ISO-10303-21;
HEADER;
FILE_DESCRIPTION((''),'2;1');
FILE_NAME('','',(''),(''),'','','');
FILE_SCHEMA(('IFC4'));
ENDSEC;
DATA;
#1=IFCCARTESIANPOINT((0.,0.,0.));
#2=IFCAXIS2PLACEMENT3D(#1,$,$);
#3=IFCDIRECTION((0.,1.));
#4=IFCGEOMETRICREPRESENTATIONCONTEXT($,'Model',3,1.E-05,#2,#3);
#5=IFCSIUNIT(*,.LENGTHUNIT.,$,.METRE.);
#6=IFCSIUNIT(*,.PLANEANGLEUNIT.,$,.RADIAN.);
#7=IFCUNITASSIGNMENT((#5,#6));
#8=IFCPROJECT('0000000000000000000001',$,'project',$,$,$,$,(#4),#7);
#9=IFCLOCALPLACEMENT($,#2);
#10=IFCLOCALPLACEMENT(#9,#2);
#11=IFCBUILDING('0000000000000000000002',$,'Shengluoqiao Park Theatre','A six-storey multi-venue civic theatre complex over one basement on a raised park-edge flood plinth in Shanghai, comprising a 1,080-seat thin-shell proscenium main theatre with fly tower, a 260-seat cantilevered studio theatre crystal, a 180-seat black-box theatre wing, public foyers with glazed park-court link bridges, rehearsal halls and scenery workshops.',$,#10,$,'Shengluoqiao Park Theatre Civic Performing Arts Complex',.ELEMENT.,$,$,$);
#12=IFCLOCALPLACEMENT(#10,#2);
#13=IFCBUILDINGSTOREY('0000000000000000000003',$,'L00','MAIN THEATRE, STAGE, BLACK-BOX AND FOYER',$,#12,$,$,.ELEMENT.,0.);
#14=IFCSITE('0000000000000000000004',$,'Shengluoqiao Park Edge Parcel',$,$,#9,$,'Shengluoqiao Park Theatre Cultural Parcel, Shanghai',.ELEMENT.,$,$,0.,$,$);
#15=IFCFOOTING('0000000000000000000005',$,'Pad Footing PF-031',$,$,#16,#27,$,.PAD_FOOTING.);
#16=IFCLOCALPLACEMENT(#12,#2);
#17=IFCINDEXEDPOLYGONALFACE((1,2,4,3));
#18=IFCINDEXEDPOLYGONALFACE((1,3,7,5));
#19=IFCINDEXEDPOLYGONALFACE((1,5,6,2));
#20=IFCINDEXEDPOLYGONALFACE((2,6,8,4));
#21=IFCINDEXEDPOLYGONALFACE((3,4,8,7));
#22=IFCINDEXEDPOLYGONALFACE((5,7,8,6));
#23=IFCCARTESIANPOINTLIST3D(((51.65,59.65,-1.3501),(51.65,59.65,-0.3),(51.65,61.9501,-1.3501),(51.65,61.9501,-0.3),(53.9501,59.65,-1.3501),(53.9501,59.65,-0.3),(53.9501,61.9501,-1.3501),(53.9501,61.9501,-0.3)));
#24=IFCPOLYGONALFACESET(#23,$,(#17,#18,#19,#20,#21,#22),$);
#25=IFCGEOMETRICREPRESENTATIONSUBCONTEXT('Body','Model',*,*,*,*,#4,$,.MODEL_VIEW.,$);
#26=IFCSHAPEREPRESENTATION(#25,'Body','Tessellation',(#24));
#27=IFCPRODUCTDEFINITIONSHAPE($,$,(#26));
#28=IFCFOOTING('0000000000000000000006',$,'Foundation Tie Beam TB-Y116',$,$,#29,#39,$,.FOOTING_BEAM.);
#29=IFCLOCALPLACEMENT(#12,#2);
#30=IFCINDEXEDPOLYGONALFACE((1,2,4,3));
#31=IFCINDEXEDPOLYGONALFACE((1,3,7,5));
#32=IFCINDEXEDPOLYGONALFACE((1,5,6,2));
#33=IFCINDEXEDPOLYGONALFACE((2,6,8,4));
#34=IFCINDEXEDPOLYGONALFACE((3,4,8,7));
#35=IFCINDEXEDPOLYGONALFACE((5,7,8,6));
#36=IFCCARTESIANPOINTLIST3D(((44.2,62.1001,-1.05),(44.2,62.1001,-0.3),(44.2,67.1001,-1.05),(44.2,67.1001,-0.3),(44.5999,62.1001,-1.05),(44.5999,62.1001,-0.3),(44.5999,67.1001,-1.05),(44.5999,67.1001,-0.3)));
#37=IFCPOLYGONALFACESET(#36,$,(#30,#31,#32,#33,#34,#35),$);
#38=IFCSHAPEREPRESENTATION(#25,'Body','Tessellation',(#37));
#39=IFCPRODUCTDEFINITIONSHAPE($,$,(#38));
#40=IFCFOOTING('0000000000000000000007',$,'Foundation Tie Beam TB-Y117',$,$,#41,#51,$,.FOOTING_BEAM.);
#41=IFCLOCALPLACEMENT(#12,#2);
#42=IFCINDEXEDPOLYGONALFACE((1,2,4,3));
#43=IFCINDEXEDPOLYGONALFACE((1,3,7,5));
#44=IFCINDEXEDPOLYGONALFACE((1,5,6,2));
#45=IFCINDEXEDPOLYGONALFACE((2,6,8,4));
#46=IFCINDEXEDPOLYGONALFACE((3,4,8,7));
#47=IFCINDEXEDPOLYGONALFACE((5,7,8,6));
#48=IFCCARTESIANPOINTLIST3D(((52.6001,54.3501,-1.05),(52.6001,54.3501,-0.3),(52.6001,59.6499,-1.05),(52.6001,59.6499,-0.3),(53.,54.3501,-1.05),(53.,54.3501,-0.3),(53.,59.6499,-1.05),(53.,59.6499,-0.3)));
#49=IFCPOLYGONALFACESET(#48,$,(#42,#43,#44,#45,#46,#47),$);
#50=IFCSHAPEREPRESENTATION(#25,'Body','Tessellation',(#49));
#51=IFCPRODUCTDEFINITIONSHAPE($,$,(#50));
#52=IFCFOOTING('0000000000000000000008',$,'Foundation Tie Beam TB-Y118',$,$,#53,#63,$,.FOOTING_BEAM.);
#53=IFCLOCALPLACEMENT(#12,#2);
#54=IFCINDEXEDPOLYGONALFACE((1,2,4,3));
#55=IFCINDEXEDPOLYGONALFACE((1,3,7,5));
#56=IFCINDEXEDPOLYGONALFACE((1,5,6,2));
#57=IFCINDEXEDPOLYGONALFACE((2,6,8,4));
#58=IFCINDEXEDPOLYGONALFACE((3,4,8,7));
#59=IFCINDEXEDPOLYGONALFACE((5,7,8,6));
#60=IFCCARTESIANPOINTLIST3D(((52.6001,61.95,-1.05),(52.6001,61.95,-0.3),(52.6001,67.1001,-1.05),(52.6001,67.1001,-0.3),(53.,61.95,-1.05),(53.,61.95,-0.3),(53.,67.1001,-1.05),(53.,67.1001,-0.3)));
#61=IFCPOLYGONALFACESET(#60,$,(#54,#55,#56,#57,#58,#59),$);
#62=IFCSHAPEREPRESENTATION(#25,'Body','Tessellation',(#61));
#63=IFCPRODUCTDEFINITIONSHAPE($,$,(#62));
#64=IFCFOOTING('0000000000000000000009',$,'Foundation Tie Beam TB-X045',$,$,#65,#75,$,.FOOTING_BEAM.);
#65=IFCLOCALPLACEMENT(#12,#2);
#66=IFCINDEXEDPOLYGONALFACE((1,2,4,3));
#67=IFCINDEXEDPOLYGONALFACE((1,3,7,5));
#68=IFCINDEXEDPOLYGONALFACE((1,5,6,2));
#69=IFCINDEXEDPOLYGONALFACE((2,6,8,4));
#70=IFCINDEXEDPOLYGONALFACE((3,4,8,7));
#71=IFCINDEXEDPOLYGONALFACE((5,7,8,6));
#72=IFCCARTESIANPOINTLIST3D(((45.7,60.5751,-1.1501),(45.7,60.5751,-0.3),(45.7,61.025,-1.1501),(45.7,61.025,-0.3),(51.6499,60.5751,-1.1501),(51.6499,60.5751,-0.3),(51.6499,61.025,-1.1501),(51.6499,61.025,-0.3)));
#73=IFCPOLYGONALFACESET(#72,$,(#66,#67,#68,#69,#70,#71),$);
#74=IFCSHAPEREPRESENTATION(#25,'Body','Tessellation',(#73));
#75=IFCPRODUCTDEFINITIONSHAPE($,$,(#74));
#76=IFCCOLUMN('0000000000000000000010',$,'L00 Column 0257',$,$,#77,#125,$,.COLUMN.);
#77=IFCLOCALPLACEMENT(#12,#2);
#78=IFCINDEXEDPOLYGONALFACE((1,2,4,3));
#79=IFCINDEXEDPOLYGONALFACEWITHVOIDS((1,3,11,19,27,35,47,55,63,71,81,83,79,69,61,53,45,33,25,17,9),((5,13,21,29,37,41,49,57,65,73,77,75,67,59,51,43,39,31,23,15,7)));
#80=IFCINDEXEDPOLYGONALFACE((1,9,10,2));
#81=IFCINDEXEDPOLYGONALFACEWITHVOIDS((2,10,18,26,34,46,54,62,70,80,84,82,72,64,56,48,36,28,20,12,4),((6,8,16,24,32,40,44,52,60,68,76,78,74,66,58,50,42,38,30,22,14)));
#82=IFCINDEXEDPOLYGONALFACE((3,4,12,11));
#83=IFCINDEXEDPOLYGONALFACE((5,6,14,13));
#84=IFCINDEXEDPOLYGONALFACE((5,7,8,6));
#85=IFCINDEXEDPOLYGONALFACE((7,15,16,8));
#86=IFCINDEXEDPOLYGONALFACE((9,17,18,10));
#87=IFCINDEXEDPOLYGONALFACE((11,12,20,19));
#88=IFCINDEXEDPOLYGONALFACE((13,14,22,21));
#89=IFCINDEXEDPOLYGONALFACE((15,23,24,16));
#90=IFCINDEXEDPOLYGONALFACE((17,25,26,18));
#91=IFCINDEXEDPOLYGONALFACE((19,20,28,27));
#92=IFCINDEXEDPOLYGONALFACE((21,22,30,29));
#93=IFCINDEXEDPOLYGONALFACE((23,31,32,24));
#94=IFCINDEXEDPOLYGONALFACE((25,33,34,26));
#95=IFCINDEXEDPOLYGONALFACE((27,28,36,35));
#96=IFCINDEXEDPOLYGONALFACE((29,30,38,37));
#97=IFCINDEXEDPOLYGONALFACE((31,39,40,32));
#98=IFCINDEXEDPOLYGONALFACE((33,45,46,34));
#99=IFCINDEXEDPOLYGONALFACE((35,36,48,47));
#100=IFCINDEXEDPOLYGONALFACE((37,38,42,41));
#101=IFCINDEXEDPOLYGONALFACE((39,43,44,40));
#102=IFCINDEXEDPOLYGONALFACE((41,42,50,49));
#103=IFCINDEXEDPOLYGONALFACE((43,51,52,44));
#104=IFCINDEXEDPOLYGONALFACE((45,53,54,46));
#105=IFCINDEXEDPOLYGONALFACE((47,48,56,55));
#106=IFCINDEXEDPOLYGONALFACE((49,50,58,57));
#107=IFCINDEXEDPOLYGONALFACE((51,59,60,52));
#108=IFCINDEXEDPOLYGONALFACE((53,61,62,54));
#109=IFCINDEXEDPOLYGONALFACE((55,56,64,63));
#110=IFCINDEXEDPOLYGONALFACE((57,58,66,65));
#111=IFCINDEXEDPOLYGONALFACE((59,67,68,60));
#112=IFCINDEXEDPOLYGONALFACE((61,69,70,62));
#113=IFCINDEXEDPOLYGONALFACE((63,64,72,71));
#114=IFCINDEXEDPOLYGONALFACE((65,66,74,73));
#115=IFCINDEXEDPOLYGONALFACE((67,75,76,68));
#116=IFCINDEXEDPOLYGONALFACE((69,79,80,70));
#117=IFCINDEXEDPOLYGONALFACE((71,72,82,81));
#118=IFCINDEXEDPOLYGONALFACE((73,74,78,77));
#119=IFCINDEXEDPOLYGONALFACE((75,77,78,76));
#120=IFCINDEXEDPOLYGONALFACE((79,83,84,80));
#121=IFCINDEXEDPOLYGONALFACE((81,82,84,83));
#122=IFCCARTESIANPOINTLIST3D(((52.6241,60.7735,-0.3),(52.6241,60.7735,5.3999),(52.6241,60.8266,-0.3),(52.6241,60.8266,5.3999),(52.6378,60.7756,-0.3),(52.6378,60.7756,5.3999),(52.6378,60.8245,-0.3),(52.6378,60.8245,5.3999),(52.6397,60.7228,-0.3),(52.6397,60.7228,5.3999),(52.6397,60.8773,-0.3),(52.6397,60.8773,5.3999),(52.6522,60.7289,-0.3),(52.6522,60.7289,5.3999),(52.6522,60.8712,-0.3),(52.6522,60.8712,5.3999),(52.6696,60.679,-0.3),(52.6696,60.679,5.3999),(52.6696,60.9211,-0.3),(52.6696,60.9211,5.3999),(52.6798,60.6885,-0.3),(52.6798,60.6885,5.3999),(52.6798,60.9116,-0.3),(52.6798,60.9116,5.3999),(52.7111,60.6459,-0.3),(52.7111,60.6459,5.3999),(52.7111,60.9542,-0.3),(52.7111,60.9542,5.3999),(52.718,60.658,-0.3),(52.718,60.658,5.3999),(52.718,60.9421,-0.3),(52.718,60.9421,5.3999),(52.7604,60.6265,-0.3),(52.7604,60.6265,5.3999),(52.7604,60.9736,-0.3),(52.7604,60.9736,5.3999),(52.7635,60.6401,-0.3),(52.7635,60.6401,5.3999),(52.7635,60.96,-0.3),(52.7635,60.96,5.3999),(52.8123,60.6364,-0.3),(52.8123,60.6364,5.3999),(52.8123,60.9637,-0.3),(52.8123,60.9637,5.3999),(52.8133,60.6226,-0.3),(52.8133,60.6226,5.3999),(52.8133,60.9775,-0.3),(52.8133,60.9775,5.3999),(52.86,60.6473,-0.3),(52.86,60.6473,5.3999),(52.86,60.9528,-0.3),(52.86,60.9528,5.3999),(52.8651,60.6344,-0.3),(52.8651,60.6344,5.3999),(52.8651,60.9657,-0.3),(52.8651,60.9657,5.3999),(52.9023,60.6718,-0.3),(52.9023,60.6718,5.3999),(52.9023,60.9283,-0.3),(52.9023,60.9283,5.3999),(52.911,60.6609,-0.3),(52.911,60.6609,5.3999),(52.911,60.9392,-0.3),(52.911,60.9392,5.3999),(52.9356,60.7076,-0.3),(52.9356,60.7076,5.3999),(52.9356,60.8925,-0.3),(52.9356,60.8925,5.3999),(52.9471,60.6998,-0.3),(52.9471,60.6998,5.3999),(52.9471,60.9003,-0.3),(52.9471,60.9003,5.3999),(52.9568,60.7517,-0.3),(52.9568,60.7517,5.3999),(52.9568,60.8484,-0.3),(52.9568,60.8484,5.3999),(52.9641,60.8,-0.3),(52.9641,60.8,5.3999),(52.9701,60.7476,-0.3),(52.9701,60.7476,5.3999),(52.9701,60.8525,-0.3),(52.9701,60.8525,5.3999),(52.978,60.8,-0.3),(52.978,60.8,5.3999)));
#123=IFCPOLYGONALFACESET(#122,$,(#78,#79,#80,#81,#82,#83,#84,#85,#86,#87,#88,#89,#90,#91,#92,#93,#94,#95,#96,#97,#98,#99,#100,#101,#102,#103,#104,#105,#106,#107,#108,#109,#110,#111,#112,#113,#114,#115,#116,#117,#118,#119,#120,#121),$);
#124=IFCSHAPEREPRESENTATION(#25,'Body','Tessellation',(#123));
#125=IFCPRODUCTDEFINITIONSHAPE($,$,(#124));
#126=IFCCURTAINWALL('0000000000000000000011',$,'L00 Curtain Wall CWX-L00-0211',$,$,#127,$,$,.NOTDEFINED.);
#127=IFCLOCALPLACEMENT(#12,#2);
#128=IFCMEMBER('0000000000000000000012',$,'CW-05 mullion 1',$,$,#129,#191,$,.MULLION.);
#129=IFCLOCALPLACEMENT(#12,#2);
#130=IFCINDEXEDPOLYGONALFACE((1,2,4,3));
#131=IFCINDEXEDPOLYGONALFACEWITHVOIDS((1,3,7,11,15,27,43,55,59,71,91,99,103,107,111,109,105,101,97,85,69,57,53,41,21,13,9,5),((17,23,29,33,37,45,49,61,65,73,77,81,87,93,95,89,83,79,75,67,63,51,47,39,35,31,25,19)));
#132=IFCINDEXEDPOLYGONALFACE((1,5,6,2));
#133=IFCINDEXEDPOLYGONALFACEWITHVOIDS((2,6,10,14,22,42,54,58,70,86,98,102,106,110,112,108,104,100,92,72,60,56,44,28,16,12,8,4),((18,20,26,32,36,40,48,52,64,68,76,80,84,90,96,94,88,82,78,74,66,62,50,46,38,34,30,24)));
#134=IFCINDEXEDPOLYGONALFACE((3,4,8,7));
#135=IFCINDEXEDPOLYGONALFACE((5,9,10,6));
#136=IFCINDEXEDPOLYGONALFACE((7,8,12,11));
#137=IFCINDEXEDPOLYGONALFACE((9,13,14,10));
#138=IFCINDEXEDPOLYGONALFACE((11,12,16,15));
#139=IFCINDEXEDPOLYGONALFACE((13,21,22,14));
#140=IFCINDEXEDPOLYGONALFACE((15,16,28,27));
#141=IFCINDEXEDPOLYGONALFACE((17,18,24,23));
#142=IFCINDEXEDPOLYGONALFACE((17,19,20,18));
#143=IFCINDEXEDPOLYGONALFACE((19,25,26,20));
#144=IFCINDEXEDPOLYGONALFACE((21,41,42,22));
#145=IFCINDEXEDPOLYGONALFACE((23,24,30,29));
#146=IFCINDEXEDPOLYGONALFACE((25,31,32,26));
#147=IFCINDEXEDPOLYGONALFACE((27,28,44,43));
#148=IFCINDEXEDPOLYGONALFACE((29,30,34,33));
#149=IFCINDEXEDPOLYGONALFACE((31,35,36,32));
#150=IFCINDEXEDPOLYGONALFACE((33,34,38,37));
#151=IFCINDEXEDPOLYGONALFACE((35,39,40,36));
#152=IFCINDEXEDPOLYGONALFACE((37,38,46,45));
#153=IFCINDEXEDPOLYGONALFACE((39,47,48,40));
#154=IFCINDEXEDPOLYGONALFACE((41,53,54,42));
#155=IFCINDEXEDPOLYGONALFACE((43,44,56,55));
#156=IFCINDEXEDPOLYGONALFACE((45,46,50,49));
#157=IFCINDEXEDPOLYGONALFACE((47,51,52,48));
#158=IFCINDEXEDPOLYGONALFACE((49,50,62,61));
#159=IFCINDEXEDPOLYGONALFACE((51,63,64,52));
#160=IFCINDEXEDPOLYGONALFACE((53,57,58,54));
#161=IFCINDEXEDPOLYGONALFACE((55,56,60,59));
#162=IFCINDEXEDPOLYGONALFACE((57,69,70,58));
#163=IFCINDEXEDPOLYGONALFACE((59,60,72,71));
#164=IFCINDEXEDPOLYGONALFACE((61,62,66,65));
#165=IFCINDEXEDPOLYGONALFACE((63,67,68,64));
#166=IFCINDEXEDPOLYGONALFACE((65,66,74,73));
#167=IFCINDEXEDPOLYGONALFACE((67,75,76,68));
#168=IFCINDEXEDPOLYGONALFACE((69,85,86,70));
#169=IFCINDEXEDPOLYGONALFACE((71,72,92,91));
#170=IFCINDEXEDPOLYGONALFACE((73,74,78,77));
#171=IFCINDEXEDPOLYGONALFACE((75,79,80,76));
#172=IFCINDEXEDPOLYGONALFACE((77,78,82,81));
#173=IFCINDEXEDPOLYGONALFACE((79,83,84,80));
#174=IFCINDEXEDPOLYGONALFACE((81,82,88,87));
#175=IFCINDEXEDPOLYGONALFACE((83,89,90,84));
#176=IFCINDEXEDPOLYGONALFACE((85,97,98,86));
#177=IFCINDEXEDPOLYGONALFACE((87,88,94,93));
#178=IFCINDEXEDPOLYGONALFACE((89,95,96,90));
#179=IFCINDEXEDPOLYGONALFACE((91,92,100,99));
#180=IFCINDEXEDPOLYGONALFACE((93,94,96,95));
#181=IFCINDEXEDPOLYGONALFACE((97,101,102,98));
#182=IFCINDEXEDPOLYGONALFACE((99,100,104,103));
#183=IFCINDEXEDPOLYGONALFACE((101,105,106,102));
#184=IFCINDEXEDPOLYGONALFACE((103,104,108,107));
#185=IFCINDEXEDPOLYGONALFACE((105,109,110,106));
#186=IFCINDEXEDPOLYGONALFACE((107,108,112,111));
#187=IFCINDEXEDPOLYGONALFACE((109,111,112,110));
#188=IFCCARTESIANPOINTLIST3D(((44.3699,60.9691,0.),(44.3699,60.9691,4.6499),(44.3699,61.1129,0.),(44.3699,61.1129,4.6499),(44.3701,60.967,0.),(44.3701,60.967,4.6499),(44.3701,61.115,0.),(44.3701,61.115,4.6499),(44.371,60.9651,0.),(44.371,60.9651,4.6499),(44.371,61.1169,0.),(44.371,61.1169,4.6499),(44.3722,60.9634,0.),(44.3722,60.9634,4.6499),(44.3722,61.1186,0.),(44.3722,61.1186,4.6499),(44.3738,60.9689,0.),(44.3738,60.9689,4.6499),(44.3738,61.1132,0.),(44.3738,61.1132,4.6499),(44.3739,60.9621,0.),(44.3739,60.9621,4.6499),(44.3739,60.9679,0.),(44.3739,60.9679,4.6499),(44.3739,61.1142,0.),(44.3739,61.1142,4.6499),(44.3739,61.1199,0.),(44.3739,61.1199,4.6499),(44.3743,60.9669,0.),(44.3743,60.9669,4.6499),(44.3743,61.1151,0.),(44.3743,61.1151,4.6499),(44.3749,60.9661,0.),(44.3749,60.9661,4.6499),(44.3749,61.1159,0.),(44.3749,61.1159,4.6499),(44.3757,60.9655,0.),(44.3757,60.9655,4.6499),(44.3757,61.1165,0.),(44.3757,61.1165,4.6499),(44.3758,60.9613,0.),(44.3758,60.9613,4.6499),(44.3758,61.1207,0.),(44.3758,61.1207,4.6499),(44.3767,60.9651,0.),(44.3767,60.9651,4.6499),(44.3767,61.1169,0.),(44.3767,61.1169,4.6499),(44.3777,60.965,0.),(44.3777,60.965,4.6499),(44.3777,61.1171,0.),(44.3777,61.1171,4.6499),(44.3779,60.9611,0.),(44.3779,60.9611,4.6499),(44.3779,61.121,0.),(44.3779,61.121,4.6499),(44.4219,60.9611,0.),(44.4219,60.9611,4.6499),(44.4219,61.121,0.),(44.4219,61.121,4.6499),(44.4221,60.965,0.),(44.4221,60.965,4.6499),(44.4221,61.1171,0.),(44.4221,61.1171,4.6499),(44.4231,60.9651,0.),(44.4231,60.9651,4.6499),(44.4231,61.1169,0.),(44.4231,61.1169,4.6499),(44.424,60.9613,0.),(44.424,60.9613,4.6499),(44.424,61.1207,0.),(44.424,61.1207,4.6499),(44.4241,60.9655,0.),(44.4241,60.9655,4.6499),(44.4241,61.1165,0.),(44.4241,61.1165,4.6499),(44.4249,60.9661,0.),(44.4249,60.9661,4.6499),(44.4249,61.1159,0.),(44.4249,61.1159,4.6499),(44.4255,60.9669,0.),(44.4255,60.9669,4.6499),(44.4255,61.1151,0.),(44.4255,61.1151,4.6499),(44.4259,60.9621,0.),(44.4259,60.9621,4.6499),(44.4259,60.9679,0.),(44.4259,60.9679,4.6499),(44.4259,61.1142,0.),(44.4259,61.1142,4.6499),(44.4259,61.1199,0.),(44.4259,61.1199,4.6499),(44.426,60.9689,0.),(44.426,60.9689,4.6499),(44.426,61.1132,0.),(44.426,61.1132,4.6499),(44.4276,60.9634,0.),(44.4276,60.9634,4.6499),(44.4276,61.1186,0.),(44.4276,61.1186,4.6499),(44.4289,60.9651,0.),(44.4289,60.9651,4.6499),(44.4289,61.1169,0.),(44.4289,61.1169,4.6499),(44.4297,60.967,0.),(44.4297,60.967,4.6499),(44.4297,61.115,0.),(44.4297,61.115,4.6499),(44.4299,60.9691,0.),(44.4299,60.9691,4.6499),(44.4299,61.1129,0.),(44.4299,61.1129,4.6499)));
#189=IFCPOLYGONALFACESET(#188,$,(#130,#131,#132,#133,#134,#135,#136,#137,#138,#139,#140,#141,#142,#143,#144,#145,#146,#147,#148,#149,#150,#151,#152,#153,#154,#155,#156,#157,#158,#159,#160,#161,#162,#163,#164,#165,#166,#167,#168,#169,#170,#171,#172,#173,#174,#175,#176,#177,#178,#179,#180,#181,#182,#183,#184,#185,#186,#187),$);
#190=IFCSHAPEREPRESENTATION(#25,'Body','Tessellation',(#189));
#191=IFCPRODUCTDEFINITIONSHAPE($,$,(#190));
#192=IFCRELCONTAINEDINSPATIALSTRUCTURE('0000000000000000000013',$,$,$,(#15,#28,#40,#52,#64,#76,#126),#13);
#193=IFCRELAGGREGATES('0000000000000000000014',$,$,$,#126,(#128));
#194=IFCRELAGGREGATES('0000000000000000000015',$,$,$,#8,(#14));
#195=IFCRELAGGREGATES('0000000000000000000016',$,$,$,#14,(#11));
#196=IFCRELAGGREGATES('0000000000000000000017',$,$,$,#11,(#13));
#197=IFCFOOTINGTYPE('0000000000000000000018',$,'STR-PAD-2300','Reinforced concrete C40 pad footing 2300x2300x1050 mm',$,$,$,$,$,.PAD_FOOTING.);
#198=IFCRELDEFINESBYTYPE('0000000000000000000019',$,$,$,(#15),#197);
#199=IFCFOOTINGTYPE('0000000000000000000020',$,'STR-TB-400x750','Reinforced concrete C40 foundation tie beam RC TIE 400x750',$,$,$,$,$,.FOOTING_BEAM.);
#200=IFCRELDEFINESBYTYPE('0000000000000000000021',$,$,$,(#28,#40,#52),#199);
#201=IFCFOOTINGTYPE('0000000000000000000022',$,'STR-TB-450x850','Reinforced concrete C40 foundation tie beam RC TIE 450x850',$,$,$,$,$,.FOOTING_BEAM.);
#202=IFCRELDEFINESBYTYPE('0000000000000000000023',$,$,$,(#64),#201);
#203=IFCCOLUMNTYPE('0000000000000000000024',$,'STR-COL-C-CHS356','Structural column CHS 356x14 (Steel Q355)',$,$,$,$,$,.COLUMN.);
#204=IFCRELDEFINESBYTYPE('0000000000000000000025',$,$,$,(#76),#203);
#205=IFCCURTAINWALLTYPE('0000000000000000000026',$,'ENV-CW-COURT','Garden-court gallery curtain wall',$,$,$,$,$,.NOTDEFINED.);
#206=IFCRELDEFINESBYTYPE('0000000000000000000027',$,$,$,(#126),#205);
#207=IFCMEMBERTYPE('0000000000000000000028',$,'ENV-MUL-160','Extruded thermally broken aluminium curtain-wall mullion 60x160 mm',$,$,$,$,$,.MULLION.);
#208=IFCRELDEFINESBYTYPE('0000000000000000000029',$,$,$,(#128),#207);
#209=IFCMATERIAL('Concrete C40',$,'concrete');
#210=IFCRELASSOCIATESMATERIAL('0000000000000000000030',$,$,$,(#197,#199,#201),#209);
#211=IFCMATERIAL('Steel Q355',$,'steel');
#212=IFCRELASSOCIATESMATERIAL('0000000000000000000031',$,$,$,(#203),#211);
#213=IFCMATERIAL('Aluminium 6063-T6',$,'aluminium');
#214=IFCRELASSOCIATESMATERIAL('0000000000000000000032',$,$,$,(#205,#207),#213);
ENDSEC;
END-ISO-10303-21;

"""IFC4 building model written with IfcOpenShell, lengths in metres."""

from ifc_helpers import new_model, si_unit, direction, frame, origin, origin_2d, place, context, subcontext, project, spatial, rectangle, hollow_rectangle, hollow_circle, extrude, material, material_profile, profile_set, type_object, element, aggregate, save


model = new_model("IFC4")

# Units and contexts
model_context = context("Model", 3, precision=1e-05, world=origin(), true_north=direction((0.0, 1.0)))
body_context = subcontext(model_context, "Body", "Model", "MODEL_VIEW")
ifc_project = project(units=[si_unit("LENGTHUNIT", "METRE"), si_unit("PLANEANGLEUNIT", "RADIAN")], contexts=[model_context])

# Site, building, storey
site_placement = place(None, origin())
site = spatial("IfcSite", under=ifc_project, at=site_placement, Name="Shengluoqiao Park Edge Parcel", LongName="Shengluoqiao Park Theatre Cultural Parcel, Shanghai", CompositionType="ELEMENT", RefElevation=0.0)
building_placement = place(site_placement, origin())
building = spatial("IfcBuilding", under=site, at=building_placement, Name="Shengluoqiao Park Theatre", Description="A six-storey multi-venue civic theatre complex over one basement on a raised park-edge flood plinth in Shanghai, comprising a 1,080-seat thin-shell proscenium main theatre with fly tower, a 260-seat cantilevered studio theatre crystal, a 180-seat black-box theatre wing, public foyers with glazed park-court link bridges, rehearsal halls and scenery workshops.", LongName="Shengluoqiao Park Theatre Civic Performing Arts Complex", CompositionType="ELEMENT")
storey_placement = place(building_placement, origin())
storey = spatial("IfcBuildingStorey", under=building, at=storey_placement, Name="L00", Description="MAIN THEATRE, STAGE, BLACK-BOX AND FOYER", CompositionType="ELEMENT", Elevation=0.0)

# Footings
ifc_material_1 = material(Name="Concrete C40", Category="concrete")
footing_type_1 = type_object("IfcFootingType", Name="STR-PAD-2300", Description="Reinforced concrete C40 pad footing 2300x2300x1050 mm", PredefinedType="PAD_FOOTING", material=ifc_material_1)
footing_1_placement = place(storey_placement, frame((52.8, 60.8, -1.3501), z_axis=(0.0, 0.0, 1.0), x_axis=(1.0, 0.0, 0.0)))
element("IfcFooting", 1, at=footing_1_placement, inside=storey, type_object=footing_type_1, Name="Pad Footing PF-031", PredefinedType="PAD_FOOTING", context=body_context, shape_type="SweptSolid", body=[
    extrude(rectangle(XDim=2.3, YDim=2.3, at=origin_2d()), origin(), (0.0, 0.0, 1.0), 1.05),
])
ifc_material_profile_1 = material_profile(ifc_material_1, rectangle(XDim=0.3999, YDim=0.75, at=origin_2d()), Name="RC TIE 400x750")
ifc_profile_set_1 = profile_set([ifc_material_profile_1], Name="Concrete C40")
footing_type_2 = type_object("IfcFootingType", Name="STR-TB-400x750", Description="Reinforced concrete C40 foundation tie beam RC TIE 400x750", PredefinedType="FOOTING_BEAM", material=ifc_profile_set_1)
footing_2_placement = place(storey_placement, frame((44.3999, 62.1001, -0.675), z_axis=(0.0, 1.0, 0.0), x_axis=(-1.0, 0.0, 0.0)))
element("IfcFooting", 2, at=footing_2_placement, inside=storey, type_object=footing_type_2, Name="Foundation Tie Beam TB-Y116", PredefinedType="FOOTING_BEAM", context=body_context, shape_type="SweptSolid", body=[
    extrude(rectangle(XDim=0.3999, YDim=0.75, at=origin_2d()), origin(), (0.0, 0.0, 1.0), 5.0),
])
footing_3_placement = place(storey_placement, frame((52.8, 54.3501, -0.675), z_axis=(0.0, 1.0, 0.0), x_axis=(-1.0, 0.0, 0.0)))
element("IfcFooting", 3, at=footing_3_placement, inside=storey, type_object=footing_type_2, Name="Foundation Tie Beam TB-Y117", PredefinedType="FOOTING_BEAM", context=body_context, shape_type="SweptSolid", body=[
    extrude(rectangle(XDim=0.3999, YDim=0.75, at=origin_2d()), origin(), (0.0, 0.0, 1.0), 5.2998),
])
footing_4_placement = place(storey_placement, frame((52.8, 61.95, -0.675), z_axis=(0.0, 1.0, 0.0), x_axis=(-1.0, 0.0, 0.0)))
element("IfcFooting", 4, at=footing_4_placement, inside=storey, type_object=footing_type_2, Name="Foundation Tie Beam TB-Y118", PredefinedType="FOOTING_BEAM", context=body_context, shape_type="SweptSolid", body=[
    extrude(rectangle(XDim=0.3999, YDim=0.75, at=origin_2d()), origin(), (0.0, 0.0, 1.0), 5.1501),
])
ifc_material_profile_2 = material_profile(ifc_material_1, rectangle(XDim=0.45, YDim=0.8501, at=origin_2d()), Name="RC TIE 450x850")
ifc_profile_set_2 = profile_set([ifc_material_profile_2], Name="Concrete C40")
footing_type_3 = type_object("IfcFootingType", Name="STR-TB-450x850", Description="Reinforced concrete C40 foundation tie beam RC TIE 450x850", PredefinedType="FOOTING_BEAM", material=ifc_profile_set_2)
footing_5_placement = place(storey_placement, frame((45.7, 60.8, -0.7251), z_axis=(1.0, 0.0, 0.0), x_axis=(0.0, 1.0, 0.0)))
element("IfcFooting", 5, at=footing_5_placement, inside=storey, type_object=footing_type_3, Name="Foundation Tie Beam TB-X045", PredefinedType="FOOTING_BEAM", context=body_context, shape_type="SweptSolid", body=[
    extrude(rectangle(XDim=0.45, YDim=0.8501, at=origin_2d()), origin(), (0.0, 0.0, 1.0), 5.95),
])

# Column
ifc_material_2 = material(Name="Steel Q355", Category="steel")
ifc_material_profile_3 = material_profile(ifc_material_2, hollow_circle(Radius=0.178, WallThickness=0.0139, at=origin_2d()), Name="CHS 356x14")
ifc_profile_set_3 = profile_set([ifc_material_profile_3], Name="Steel Q355")
column_type = type_object("IfcColumnType", Name="STR-COL-C-CHS356", Description="Structural column CHS 356x14 (Steel Q355)", PredefinedType="COLUMN", material=ifc_profile_set_3)
column_placement = place(storey_placement, frame((52.8, 60.8, -0.3), z_axis=(0.0, 0.0, 1.0), x_axis=(1.0, 0.0, 0.0)))
element("IfcColumn", 6, at=column_placement, inside=storey, type_object=column_type, Name="L00 Column 0257", PredefinedType="COLUMN", context=body_context, shape_type="SweptSolid", body=[
    extrude(hollow_circle(Radius=0.178, WallThickness=0.0139, at=origin_2d()), origin(), (0.0, 0.0, 1.0), 5.7),
])

# Curtain wall, member
ifc_material_3 = material(Name="Aluminium 6063-T6", Category="aluminium")
curtain_wall_type = type_object("IfcCurtainWallType", Name="ENV-CW-COURT", Description="Garden-court gallery curtain wall", PredefinedType="NOTDEFINED", material=ifc_material_3)
curtain_wall_placement = place(storey_placement, origin())
curtain_wall = element("IfcCurtainWall", 7, at=curtain_wall_placement, inside=storey, type_object=curtain_wall_type, Name="L00 Curtain Wall CWX-L00-0211", PredefinedType="NOTDEFINED")
ifc_material_profile_4 = material_profile(ifc_material_3, hollow_rectangle(XDim=0.0601, YDim=0.1599, WallThickness=0.0039, InnerFilletRadius=0.0039, OuterFilletRadius=0.0081, at=origin_2d()), Name="ALU MULLION 160x60x4")
ifc_profile_set_4 = profile_set([ifc_material_profile_4], Name="Aluminium 6063-T6")
member_type_1 = type_object("IfcMemberType", Name="ENV-MUL-160", Description="Extruded thermally broken aluminium curtain-wall mullion 60x160 mm", PredefinedType="MULLION", material=ifc_profile_set_4)
member_1_placement = place(storey_placement, frame((44.3999, 61.041, 0.0), z_axis=(0.0, 0.0, 1.0), x_axis=(-1.0, 0.0, 0.0)))
member_1 = element("IfcMember", 8, at=member_1_placement, type_object=member_type_1, Name="CW-05 mullion 1", PredefinedType="MULLION", context=body_context, shape_type="SweptSolid", body=[
    extrude(hollow_rectangle(XDim=0.0601, YDim=0.1599, WallThickness=0.0039, InnerFilletRadius=0.0039, OuterFilletRadius=0.0081, at=origin_2d()), origin(), (0.0, 0.0, 1.0), 4.6499),
])
aggregate(curtain_wall, [member_1])

save(model, "model.ifc")
